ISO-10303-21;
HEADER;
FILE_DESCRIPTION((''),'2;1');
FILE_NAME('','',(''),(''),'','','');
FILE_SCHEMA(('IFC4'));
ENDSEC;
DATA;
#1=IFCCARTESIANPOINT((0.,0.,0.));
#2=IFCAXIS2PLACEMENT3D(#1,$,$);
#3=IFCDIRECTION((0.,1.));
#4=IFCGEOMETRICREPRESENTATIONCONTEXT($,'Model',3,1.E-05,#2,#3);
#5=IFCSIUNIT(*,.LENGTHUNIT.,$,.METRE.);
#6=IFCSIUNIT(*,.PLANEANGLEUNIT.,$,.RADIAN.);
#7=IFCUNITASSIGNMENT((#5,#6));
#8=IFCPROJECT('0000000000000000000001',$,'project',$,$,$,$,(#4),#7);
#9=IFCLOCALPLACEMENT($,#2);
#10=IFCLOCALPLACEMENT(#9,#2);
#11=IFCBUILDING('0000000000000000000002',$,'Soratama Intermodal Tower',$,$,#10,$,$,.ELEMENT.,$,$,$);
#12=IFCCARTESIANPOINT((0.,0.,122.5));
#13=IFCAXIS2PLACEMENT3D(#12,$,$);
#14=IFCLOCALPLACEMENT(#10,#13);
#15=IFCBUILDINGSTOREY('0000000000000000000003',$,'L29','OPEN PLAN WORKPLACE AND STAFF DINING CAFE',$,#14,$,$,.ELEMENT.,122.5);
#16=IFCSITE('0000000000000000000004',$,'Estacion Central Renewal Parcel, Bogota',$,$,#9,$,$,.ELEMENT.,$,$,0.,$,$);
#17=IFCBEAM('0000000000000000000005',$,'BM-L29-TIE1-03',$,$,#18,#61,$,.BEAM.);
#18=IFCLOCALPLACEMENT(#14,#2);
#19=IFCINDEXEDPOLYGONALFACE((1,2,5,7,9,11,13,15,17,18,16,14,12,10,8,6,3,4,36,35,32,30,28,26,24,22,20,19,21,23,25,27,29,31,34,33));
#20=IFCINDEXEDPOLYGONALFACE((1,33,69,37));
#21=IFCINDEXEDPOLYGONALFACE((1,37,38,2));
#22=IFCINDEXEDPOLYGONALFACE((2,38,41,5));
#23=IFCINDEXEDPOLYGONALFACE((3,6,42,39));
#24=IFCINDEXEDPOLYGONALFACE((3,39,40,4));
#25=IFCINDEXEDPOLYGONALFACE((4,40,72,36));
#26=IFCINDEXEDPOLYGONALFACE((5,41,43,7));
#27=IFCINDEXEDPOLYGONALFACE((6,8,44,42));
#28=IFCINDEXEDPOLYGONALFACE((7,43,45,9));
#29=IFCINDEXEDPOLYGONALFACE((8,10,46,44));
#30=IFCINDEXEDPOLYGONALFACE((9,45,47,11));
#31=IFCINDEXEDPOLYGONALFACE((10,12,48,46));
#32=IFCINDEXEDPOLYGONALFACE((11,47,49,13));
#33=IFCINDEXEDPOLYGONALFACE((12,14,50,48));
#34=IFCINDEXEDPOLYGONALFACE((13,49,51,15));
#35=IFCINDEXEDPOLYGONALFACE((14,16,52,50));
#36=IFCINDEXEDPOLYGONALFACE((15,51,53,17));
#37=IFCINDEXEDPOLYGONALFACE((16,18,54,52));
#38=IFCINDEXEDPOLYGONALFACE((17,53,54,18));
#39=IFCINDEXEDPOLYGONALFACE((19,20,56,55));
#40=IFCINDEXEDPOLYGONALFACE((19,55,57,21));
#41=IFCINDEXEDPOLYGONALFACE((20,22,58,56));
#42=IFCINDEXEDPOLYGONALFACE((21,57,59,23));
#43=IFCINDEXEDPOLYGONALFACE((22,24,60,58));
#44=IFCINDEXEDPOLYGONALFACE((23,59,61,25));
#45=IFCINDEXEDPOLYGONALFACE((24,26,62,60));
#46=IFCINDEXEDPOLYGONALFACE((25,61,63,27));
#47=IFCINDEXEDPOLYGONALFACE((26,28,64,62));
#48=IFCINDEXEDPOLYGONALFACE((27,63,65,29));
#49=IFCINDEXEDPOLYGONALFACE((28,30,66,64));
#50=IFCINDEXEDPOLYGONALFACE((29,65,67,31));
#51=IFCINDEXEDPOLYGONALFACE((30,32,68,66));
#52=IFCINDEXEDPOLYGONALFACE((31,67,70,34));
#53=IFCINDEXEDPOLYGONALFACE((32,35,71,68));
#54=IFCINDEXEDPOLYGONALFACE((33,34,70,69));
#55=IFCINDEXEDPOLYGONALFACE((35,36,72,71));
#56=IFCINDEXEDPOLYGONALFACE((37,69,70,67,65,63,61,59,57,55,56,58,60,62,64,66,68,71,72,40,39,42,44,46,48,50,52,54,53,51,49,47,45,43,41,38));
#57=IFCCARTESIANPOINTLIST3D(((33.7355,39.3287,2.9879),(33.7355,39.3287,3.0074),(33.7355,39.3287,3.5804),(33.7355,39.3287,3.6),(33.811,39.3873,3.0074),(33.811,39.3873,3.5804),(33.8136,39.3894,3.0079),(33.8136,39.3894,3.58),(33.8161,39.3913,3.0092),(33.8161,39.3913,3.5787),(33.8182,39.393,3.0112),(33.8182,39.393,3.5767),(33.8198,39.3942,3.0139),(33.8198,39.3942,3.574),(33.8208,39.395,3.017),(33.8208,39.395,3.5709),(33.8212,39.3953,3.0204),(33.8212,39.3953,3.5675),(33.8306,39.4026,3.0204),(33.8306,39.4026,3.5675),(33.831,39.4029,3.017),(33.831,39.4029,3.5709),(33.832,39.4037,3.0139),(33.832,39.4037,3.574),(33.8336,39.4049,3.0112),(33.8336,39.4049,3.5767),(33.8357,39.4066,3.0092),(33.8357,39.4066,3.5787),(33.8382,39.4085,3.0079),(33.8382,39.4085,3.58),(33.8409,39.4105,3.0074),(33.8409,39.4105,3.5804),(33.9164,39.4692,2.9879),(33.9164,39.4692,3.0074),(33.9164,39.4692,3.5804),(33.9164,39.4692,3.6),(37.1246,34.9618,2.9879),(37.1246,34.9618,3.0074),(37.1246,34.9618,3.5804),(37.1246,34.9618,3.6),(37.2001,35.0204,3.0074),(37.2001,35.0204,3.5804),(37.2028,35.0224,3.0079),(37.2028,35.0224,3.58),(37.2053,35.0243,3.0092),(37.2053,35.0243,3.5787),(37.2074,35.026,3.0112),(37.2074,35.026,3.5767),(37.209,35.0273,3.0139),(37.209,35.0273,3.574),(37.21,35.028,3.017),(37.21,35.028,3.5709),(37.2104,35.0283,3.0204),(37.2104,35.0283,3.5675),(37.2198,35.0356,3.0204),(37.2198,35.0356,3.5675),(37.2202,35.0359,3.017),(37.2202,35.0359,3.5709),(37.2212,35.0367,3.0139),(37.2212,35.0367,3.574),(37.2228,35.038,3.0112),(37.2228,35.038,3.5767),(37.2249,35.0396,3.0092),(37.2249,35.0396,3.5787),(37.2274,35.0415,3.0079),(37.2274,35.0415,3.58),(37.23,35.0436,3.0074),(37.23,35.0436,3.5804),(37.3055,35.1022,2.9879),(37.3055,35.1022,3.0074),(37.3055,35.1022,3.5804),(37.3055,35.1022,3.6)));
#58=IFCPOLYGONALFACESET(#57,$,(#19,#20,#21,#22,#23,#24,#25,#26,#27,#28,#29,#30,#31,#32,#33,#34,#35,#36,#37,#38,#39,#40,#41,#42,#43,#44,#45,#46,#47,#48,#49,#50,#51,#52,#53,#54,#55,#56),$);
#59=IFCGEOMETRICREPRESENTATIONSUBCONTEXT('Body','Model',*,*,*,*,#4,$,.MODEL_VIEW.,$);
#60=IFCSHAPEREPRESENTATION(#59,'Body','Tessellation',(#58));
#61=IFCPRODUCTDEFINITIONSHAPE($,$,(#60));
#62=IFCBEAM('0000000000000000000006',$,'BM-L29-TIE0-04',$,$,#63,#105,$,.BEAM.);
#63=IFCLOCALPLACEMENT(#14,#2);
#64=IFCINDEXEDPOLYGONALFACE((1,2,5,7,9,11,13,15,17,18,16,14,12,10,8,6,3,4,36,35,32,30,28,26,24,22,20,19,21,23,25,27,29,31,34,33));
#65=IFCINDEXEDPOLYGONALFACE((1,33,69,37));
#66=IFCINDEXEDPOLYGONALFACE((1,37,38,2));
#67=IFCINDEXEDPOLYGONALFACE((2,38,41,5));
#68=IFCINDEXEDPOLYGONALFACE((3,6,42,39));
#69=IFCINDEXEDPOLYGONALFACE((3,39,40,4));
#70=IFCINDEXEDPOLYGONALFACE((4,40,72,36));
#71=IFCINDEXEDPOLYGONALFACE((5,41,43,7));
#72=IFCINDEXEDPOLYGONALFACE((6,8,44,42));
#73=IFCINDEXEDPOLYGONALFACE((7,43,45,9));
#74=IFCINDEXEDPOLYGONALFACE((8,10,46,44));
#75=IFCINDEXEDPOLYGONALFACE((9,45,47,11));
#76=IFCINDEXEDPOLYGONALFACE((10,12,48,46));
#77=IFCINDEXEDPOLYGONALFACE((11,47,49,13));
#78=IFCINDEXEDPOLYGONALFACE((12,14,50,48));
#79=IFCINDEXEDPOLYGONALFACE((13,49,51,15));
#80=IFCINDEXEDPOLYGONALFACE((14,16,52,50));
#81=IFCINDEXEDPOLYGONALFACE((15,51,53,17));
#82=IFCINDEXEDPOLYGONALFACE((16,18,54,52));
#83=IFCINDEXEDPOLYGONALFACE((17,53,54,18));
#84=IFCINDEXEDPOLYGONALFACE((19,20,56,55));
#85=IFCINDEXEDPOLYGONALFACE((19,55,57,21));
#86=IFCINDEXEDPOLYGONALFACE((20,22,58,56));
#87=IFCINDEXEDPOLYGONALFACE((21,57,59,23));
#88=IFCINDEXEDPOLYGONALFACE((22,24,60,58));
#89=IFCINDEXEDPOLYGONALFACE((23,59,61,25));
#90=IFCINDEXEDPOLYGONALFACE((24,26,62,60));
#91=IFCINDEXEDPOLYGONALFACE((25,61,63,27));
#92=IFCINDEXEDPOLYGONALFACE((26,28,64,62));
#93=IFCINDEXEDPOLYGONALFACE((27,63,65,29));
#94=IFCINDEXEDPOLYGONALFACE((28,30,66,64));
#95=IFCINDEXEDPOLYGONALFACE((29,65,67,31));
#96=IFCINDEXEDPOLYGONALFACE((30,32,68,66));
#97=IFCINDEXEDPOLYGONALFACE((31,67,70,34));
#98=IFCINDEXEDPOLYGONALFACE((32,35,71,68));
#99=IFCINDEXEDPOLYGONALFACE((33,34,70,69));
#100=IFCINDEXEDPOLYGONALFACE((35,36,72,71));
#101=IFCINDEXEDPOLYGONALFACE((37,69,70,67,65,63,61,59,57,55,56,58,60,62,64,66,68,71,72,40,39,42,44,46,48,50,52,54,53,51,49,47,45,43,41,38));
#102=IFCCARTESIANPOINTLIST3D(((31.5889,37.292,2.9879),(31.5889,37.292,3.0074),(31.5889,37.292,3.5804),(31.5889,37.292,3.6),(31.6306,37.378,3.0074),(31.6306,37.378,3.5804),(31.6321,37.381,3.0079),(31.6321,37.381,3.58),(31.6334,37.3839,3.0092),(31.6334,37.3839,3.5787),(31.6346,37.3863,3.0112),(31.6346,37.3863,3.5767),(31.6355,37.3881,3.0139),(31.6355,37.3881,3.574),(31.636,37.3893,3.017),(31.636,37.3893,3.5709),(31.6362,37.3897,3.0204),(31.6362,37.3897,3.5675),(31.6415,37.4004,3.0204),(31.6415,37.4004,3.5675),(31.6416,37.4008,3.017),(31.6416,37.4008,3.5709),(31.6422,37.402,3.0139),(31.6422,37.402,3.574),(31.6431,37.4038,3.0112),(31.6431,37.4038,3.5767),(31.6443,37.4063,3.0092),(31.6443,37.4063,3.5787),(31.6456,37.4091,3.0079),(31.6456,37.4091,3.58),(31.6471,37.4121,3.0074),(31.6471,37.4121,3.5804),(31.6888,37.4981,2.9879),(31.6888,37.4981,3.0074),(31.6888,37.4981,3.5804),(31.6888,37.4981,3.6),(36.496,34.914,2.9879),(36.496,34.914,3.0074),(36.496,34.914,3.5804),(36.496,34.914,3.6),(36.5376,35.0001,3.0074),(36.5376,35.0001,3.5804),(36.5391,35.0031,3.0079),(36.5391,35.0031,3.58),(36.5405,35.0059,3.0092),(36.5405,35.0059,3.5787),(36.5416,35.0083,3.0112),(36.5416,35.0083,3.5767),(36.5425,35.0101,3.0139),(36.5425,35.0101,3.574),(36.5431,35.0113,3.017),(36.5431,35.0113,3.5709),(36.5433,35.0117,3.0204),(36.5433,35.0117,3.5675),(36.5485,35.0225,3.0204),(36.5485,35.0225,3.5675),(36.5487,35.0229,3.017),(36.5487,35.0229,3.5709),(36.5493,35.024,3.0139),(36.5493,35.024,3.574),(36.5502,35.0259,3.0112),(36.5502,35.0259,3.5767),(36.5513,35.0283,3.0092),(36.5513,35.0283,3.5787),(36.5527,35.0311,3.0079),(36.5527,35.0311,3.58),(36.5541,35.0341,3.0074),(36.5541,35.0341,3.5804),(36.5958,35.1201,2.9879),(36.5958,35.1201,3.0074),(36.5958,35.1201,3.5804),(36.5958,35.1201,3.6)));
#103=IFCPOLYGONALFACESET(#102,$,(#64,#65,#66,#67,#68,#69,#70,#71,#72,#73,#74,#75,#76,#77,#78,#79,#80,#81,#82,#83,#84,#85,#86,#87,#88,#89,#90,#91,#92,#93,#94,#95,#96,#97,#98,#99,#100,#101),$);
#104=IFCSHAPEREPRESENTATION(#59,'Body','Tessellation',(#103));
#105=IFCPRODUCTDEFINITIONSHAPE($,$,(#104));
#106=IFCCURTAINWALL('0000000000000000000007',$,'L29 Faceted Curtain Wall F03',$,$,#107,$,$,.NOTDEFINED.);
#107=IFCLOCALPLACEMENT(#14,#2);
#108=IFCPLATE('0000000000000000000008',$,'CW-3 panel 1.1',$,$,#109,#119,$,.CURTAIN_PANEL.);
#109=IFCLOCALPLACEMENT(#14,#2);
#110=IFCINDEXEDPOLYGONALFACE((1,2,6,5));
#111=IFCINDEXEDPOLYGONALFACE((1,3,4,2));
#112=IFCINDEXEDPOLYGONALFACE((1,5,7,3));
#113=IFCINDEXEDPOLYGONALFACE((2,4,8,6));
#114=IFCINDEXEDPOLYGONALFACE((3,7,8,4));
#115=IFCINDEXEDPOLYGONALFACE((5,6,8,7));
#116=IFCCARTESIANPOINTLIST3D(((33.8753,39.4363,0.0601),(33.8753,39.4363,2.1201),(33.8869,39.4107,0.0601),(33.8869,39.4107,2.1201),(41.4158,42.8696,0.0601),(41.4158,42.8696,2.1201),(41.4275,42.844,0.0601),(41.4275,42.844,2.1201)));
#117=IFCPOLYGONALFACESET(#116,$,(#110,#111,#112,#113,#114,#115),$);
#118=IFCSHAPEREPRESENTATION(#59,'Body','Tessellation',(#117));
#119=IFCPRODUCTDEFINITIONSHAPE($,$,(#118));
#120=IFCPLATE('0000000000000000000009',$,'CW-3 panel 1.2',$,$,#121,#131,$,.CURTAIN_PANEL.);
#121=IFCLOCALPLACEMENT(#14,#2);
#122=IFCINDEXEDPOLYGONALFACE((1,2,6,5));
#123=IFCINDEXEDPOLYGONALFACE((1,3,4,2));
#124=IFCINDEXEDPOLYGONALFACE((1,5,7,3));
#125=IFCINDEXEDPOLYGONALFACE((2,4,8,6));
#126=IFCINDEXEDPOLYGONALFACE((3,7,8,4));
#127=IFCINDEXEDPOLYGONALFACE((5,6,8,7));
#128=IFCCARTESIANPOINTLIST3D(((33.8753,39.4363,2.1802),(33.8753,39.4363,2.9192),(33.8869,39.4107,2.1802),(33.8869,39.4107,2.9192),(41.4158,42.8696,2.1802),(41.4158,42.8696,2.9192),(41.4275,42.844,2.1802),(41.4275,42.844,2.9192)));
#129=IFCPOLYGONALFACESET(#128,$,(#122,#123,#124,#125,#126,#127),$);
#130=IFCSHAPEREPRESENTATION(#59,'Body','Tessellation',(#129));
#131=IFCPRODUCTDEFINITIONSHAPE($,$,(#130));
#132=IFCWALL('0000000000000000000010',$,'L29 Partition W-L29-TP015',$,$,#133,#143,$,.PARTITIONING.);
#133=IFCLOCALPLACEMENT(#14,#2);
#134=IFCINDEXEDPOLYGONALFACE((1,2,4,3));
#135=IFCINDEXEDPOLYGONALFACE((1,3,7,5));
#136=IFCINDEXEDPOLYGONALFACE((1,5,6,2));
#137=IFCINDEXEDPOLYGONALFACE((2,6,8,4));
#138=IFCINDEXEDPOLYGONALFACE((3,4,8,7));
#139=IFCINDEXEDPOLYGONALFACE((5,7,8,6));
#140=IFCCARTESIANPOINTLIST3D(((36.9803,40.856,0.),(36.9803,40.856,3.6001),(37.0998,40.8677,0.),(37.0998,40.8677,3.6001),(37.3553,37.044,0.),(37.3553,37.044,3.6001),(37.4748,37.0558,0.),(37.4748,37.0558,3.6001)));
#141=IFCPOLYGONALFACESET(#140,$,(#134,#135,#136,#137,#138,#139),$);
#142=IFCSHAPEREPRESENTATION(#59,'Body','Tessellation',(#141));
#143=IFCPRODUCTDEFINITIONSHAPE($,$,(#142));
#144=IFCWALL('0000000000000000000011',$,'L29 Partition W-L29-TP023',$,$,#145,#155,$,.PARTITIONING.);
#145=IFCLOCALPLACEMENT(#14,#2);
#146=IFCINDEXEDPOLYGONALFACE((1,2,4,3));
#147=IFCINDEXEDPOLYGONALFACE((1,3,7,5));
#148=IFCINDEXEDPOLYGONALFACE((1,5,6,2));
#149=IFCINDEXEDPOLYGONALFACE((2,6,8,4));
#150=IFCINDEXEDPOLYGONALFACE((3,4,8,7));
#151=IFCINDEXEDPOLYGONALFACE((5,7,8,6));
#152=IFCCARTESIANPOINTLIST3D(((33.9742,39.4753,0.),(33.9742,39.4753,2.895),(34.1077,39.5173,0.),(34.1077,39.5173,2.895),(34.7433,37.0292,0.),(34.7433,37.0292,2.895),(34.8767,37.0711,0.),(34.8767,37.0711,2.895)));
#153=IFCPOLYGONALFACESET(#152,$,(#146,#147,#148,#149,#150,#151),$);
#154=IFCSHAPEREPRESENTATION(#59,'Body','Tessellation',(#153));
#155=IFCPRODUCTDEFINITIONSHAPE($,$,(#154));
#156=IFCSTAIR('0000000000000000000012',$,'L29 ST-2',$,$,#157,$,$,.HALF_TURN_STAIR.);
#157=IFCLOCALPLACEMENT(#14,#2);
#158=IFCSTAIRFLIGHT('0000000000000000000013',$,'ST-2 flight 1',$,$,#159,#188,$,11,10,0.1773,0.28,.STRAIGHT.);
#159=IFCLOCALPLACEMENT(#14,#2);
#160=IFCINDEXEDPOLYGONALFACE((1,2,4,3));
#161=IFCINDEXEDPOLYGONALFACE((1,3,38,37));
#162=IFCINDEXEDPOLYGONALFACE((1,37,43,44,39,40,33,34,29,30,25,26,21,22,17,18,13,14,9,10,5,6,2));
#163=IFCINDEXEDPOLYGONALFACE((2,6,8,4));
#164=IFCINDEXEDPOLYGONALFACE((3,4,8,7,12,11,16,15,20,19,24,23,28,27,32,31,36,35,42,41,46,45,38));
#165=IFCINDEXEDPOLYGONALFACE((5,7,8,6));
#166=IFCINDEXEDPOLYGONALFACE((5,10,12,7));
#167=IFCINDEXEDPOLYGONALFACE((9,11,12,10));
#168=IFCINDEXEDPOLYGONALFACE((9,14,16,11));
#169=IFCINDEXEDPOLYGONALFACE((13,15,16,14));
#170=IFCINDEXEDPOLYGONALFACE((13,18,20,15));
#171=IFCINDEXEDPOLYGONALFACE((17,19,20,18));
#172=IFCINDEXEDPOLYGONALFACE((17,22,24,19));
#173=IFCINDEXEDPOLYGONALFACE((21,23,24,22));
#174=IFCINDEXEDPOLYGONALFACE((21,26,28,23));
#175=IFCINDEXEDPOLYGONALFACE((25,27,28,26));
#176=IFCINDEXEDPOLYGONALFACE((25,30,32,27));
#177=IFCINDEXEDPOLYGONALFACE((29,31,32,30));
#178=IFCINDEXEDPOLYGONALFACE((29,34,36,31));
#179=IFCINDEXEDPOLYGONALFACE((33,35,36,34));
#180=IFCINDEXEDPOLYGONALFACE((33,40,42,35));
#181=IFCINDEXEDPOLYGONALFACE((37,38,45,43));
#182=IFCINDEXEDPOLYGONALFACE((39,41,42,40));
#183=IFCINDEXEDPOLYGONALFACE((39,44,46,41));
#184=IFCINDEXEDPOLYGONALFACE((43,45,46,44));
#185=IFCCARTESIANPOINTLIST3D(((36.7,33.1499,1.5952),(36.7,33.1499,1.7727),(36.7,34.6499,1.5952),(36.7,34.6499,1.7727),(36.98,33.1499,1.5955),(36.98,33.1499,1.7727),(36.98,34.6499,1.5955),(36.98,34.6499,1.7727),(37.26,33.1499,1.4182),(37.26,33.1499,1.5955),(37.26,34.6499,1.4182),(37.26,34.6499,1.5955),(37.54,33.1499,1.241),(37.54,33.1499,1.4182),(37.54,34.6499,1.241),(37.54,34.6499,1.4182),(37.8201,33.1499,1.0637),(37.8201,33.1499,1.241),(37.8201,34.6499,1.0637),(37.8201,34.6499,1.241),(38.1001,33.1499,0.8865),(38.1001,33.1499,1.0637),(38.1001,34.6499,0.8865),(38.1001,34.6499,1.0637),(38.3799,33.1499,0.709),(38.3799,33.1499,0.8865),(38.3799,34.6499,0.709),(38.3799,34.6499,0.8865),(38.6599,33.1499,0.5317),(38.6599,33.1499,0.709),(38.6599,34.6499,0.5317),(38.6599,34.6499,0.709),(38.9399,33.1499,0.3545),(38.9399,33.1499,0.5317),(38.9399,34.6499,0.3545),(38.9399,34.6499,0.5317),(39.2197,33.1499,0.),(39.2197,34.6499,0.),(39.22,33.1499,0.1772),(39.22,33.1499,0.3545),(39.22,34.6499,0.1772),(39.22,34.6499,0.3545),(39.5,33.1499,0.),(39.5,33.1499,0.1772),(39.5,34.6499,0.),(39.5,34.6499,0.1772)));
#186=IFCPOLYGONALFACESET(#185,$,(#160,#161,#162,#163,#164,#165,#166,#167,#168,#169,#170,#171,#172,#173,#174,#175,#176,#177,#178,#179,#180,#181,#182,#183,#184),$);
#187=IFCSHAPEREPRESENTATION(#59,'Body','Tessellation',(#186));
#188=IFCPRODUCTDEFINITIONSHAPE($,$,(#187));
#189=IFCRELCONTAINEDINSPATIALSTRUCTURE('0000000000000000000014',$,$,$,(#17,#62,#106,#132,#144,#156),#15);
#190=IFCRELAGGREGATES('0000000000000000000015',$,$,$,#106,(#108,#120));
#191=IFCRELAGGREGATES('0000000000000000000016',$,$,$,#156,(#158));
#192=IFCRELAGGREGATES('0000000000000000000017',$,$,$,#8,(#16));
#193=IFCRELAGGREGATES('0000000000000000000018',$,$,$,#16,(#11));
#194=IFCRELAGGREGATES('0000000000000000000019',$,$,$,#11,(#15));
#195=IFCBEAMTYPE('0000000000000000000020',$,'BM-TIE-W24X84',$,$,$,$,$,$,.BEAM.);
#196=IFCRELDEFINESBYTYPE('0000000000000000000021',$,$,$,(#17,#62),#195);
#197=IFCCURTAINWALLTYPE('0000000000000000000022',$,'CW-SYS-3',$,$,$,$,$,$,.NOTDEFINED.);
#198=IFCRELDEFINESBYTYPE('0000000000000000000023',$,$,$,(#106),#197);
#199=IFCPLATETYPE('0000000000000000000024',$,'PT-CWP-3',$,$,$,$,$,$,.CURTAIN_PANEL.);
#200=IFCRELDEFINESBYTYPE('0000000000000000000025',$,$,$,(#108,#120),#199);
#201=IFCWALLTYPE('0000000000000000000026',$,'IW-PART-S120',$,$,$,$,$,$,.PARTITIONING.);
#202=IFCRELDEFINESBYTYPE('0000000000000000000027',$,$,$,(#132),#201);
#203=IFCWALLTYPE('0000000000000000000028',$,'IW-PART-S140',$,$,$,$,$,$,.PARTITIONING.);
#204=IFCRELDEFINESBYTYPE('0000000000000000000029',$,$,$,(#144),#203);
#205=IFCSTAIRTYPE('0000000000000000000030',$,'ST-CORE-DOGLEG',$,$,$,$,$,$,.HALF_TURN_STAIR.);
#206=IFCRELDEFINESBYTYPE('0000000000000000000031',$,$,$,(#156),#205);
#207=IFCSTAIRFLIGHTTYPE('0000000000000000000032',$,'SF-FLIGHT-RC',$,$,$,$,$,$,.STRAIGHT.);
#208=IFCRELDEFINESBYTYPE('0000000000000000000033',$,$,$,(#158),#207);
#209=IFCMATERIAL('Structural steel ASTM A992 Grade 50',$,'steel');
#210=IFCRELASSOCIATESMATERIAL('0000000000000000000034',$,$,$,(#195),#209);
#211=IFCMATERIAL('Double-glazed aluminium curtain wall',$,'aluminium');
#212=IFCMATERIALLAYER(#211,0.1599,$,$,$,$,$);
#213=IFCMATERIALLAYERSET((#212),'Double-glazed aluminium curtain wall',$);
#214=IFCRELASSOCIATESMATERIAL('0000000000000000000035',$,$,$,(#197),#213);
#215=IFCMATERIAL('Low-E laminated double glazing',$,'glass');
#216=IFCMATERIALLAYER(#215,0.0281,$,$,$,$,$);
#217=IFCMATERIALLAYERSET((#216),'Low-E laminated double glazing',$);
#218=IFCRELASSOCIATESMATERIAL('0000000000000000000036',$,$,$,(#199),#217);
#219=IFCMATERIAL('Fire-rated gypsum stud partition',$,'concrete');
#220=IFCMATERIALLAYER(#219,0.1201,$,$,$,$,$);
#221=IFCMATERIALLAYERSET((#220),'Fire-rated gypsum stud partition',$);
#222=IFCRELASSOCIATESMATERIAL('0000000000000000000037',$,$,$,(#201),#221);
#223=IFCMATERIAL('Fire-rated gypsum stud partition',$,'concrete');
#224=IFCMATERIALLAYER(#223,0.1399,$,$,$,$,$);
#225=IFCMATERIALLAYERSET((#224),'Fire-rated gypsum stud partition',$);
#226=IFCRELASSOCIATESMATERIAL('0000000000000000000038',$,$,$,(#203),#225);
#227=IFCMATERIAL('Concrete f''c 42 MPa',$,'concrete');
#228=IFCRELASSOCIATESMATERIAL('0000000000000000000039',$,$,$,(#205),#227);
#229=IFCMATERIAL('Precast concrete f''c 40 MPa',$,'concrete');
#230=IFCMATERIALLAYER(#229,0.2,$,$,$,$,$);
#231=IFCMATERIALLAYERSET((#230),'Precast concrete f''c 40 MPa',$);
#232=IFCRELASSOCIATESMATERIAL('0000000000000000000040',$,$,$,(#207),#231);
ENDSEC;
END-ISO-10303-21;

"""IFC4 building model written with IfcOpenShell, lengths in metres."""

from ifc_helpers import new_model, si_unit, direction, frame, frame_2d, origin, origin_2d, place, context, subcontext, project, spatial, polyline, rectangle, i_section, outline, extrude, material, layer, layer_set, material_profile, profile_set, type_object, element, aggregate, save


model = new_model("IFC4")

# Units and contexts
model_context = context("Model", 3, precision=1e-05, world=origin(), true_north=direction((0.0, 1.0)))
body_context = subcontext(model_context, "Body", "Model", "MODEL_VIEW")
ifc_project = project(units=[si_unit("LENGTHUNIT", "METRE"), si_unit("PLANEANGLEUNIT", "RADIAN")], contexts=[model_context])

# Site, building, storey
site_placement = place(None, origin())
site = spatial("IfcSite", under=ifc_project, at=site_placement, Name="Estacion Central Renewal Parcel, Bogota", CompositionType="ELEMENT", RefElevation=0.0)
building_placement = place(site_placement, origin())
building = spatial("IfcBuilding", under=site, at=building_placement, Name="Soratama Intermodal Tower", CompositionType="ELEMENT")
storey_placement = place(building_placement, frame((0.0, 0.0, 122.5)))
storey = spatial("IfcBuildingStorey", under=building, at=storey_placement, Name="L29", Description="OPEN PLAN WORKPLACE AND STAFF DINING CAFE", CompositionType="ELEMENT", Elevation=122.5)

# Beams
ifc_material_1 = material(Name="Structural steel ASTM A992 Grade 50", Category="steel")
ifc_material_profile_1 = material_profile(ifc_material_1, i_section(OverallWidth=0.229, OverallDepth=0.6121, WebThickness=0.012, FlangeThickness=0.0195, FilletRadius=0.0129, at=origin_2d()), Name="W24X84")
ifc_profile_set_1 = profile_set([ifc_material_profile_1], Name="Structural steel ASTM A992 Grade 50")
beam_type_1 = type_object("IfcBeamType", Name="BM-TIE-W24X84", PredefinedType="BEAM", material=ifc_profile_set_1)
beam_1_placement = place(storey_placement, frame((37.2151, 35.032, 3.2939), z_axis=(-0.613112, 0.789996, 0.0), x_axis=(-0.789996, -0.613112, 0.0)))
element("IfcBeam", 1, at=beam_1_placement, inside=storey, type_object=beam_type_1, Name="BM-L29-TIE1-03", PredefinedType="BEAM", context=body_context, shape_type="SweptSolid", body=[
    extrude(i_section(OverallWidth=0.229, OverallDepth=0.6121, WebThickness=0.012, FlangeThickness=0.0195, FilletRadius=0.0129, at=origin_2d()), origin(), (0.0, 0.0, 1.0), 5.5278),
])
beam_2_placement = place(storey_placement, frame((36.5459, 35.0171, 3.2939), z_axis=(-0.899901, 0.436093, 0.0), x_axis=(-0.436093, -0.899901, 0.0)))
element("IfcBeam", 2, at=beam_2_placement, inside=storey, type_object=beam_type_1, Name="BM-L29-TIE0-04", PredefinedType="BEAM", context=body_context, shape_type="SweptSolid", body=[
    extrude(i_section(OverallWidth=0.229, OverallDepth=0.6121, WebThickness=0.012, FlangeThickness=0.0195, FilletRadius=0.0129, at=origin_2d()), origin(), (0.0, 0.0, 1.0), 5.4529),
])

# Curtain wall, plates
ifc_material_2 = material(Name="Double-glazed aluminium curtain wall", Category="aluminium")
ifc_layer_1 = layer(ifc_material_2, 0.1599)
ifc_layer_set_1 = layer_set([ifc_layer_1], Name="Double-glazed aluminium curtain wall")
curtain_wall_type = type_object("IfcCurtainWallType", Name="CW-SYS-3", PredefinedType="NOTDEFINED", material=ifc_layer_set_1)
curtain_wall_placement = place(storey_placement, origin())
curtain_wall = element("IfcCurtainWall", 3, at=curtain_wall_placement, inside=storey, type_object=curtain_wall_type, Name="L29 Faceted Curtain Wall F03", PredefinedType="NOTDEFINED")
ifc_material_3 = material(Name="Low-E laminated double glazing", Category="glass")
ifc_layer_2 = layer(ifc_material_3, 0.0281)
ifc_layer_set_2 = layer_set([ifc_layer_2], Name="Low-E laminated double glazing")
plate_type = type_object("IfcPlateType", Name="PT-CWP-3", PredefinedType="CURTAIN_PANEL", material=ifc_layer_set_2)
plate_1_placement = place(storey_placement, frame((37.6514, 41.1401, 0.0601), z_axis=(0.0, 0.0, 1.0), x_axis=(-0.910103, -0.414381, 0.0)))
plate_1 = element("IfcPlate", 4, at=plate_1_placement, type_object=plate_type, Name="CW-3 panel 1.1", PredefinedType="CURTAIN_PANEL", context=body_context, shape_type="SweptSolid", body=[
    extrude(rectangle(XDim=8.2854, YDim=0.0281, at=origin_2d()), origin(), (0.0, 0.0, 1.0), 2.0601),
])
plate_2_placement = place(storey_placement, frame((37.6514, 41.1401, 2.1802), z_axis=(0.0, 0.0, 1.0), x_axis=(-0.910103, -0.414381, 0.0)))
plate_2 = element("IfcPlate", 5, at=plate_2_placement, type_object=plate_type, Name="CW-3 panel 1.2", PredefinedType="CURTAIN_PANEL", context=body_context, shape_type="SweptSolid", body=[
    extrude(rectangle(XDim=8.2854, YDim=0.0281, at=origin_2d()), origin(), (0.0, 0.0, 1.0), 0.739),
])
aggregate(curtain_wall, [plate_1, plate_2])

# Walls
ifc_material_4 = material(Name="Fire-rated gypsum stud partition", Category="concrete")
ifc_layer_3 = layer(ifc_material_4, 0.1201)
ifc_layer_set_3 = layer_set([ifc_layer_3], Name="Fire-rated gypsum stud partition")
wall_type_1 = type_object("IfcWallType", Name="IW-PART-S120", PredefinedType="PARTITIONING", material=ifc_layer_set_3)
wall_1_placement = place(storey_placement, frame((37.415, 37.05, 0.0), z_axis=(0.0, 0.0, 1.0), x_axis=(-0.097901, 0.995196, 0.0)))
element("IfcWall", 6, at=wall_1_placement, inside=storey, type_object=wall_type_1, Name="L29 Partition W-L29-TP015", PredefinedType="PARTITIONING", context=body_context, shape_type="SweptSolid", body=[
    extrude(rectangle(XDim=3.8303, YDim=0.1201, at=frame_2d((1.915, 0.0))), origin(), (0.0, 0.0, 1.0), 3.6001),
])
ifc_material_5 = material(Name="Fire-rated gypsum stud partition", Category="concrete")
ifc_layer_4 = layer(ifc_material_5, 0.1399)
ifc_layer_set_4 = layer_set([ifc_layer_4], Name="Fire-rated gypsum stud partition")
wall_type_2 = type_object("IfcWallType", Name="IW-PART-S140", PredefinedType="PARTITIONING", material=ifc_layer_set_4)
wall_2_placement = place(storey_placement, frame((34.8101, 37.05, 0.0), z_axis=(0.0, 0.0, 1.0), x_axis=(-0.299928, 0.953962, 0.0)))
element("IfcWall", 7, at=wall_2_placement, inside=storey, type_object=wall_type_2, Name="L29 Partition W-L29-TP023", PredefinedType="PARTITIONING", context=body_context, shape_type="SweptSolid", body=[
    extrude(rectangle(XDim=2.5642, YDim=0.1399, at=frame_2d((1.2822, 0.0))), origin(), (0.0, 0.0, 1.0), 2.895),
])

# Stair, stair flight
ifc_material_6 = material(Name="Concrete f'c 42 MPa", Category="concrete")
stair_type = type_object("IfcStairType", Name="ST-CORE-DOGLEG", PredefinedType="HALF_TURN_STAIR", material=ifc_material_6)
stair_placement = place(storey_placement, origin())
stair = element("IfcStair", 8, at=stair_placement, inside=storey, type_object=stair_type, Name="L29 ST-2", PredefinedType="HALF_TURN_STAIR")
ifc_material_7 = material(Name="Precast concrete f'c 40 MPa", Category="concrete")
ifc_layer_5 = layer(ifc_material_7, 0.2)
ifc_layer_set_5 = layer_set([ifc_layer_5], Name="Precast concrete f'c 40 MPa")
stair_flight_type = type_object("IfcStairFlightType", Name="SF-FLIGHT-RC", PredefinedType="STRAIGHT", material=ifc_layer_set_5)
stair_flight_placement = place(storey_placement, frame((39.5, 33.8999, 0.0), z_axis=(0.0, 0.0, 1.0), x_axis=(-1.0, 0.0, 0.0)))
stair_flight = element("IfcStairFlight", 9, at=stair_flight_placement, type_object=stair_flight_type, Name="ST-2 flight 1", NumberOfRisers=11, NumberOfTreads=10, PredefinedType="STRAIGHT", RiserHeight=0.1773, TreadLength=0.28, context=body_context, shape_type="SweptSolid", body=[
    extrude(outline(polyline([(0.0, 0.0), (0.0, 0.1772), (0.28, 0.1772), (0.28, 0.3545), (0.5601, 0.3545), (0.5601, 0.5317), (0.8401, 0.5317), (0.8401, 0.709), (1.1201, 0.709), (1.1201, 0.8865), (1.3999, 0.8865), (1.3999, 1.0637), (1.6799, 1.0637), (1.6799, 1.241), (1.96, 1.241), (1.96, 1.4182), (2.24, 1.4182), (2.24, 1.5955), (2.52, 1.5955), (2.52, 1.7727), (2.8, 1.7727), (2.8, 1.95), (2.8, 1.5952), (0.2803, 0.0), (0.0, 0.0)])), frame((0.0, 0.75, 0.0), z_axis=(0.0, -1.0, 0.0), x_axis=(1.0, 0.0, 0.0)), (0.0, 0.0, 1.0), 1.5),
])
aggregate(stair, [stair_flight])

save(model, "model.ifc")
